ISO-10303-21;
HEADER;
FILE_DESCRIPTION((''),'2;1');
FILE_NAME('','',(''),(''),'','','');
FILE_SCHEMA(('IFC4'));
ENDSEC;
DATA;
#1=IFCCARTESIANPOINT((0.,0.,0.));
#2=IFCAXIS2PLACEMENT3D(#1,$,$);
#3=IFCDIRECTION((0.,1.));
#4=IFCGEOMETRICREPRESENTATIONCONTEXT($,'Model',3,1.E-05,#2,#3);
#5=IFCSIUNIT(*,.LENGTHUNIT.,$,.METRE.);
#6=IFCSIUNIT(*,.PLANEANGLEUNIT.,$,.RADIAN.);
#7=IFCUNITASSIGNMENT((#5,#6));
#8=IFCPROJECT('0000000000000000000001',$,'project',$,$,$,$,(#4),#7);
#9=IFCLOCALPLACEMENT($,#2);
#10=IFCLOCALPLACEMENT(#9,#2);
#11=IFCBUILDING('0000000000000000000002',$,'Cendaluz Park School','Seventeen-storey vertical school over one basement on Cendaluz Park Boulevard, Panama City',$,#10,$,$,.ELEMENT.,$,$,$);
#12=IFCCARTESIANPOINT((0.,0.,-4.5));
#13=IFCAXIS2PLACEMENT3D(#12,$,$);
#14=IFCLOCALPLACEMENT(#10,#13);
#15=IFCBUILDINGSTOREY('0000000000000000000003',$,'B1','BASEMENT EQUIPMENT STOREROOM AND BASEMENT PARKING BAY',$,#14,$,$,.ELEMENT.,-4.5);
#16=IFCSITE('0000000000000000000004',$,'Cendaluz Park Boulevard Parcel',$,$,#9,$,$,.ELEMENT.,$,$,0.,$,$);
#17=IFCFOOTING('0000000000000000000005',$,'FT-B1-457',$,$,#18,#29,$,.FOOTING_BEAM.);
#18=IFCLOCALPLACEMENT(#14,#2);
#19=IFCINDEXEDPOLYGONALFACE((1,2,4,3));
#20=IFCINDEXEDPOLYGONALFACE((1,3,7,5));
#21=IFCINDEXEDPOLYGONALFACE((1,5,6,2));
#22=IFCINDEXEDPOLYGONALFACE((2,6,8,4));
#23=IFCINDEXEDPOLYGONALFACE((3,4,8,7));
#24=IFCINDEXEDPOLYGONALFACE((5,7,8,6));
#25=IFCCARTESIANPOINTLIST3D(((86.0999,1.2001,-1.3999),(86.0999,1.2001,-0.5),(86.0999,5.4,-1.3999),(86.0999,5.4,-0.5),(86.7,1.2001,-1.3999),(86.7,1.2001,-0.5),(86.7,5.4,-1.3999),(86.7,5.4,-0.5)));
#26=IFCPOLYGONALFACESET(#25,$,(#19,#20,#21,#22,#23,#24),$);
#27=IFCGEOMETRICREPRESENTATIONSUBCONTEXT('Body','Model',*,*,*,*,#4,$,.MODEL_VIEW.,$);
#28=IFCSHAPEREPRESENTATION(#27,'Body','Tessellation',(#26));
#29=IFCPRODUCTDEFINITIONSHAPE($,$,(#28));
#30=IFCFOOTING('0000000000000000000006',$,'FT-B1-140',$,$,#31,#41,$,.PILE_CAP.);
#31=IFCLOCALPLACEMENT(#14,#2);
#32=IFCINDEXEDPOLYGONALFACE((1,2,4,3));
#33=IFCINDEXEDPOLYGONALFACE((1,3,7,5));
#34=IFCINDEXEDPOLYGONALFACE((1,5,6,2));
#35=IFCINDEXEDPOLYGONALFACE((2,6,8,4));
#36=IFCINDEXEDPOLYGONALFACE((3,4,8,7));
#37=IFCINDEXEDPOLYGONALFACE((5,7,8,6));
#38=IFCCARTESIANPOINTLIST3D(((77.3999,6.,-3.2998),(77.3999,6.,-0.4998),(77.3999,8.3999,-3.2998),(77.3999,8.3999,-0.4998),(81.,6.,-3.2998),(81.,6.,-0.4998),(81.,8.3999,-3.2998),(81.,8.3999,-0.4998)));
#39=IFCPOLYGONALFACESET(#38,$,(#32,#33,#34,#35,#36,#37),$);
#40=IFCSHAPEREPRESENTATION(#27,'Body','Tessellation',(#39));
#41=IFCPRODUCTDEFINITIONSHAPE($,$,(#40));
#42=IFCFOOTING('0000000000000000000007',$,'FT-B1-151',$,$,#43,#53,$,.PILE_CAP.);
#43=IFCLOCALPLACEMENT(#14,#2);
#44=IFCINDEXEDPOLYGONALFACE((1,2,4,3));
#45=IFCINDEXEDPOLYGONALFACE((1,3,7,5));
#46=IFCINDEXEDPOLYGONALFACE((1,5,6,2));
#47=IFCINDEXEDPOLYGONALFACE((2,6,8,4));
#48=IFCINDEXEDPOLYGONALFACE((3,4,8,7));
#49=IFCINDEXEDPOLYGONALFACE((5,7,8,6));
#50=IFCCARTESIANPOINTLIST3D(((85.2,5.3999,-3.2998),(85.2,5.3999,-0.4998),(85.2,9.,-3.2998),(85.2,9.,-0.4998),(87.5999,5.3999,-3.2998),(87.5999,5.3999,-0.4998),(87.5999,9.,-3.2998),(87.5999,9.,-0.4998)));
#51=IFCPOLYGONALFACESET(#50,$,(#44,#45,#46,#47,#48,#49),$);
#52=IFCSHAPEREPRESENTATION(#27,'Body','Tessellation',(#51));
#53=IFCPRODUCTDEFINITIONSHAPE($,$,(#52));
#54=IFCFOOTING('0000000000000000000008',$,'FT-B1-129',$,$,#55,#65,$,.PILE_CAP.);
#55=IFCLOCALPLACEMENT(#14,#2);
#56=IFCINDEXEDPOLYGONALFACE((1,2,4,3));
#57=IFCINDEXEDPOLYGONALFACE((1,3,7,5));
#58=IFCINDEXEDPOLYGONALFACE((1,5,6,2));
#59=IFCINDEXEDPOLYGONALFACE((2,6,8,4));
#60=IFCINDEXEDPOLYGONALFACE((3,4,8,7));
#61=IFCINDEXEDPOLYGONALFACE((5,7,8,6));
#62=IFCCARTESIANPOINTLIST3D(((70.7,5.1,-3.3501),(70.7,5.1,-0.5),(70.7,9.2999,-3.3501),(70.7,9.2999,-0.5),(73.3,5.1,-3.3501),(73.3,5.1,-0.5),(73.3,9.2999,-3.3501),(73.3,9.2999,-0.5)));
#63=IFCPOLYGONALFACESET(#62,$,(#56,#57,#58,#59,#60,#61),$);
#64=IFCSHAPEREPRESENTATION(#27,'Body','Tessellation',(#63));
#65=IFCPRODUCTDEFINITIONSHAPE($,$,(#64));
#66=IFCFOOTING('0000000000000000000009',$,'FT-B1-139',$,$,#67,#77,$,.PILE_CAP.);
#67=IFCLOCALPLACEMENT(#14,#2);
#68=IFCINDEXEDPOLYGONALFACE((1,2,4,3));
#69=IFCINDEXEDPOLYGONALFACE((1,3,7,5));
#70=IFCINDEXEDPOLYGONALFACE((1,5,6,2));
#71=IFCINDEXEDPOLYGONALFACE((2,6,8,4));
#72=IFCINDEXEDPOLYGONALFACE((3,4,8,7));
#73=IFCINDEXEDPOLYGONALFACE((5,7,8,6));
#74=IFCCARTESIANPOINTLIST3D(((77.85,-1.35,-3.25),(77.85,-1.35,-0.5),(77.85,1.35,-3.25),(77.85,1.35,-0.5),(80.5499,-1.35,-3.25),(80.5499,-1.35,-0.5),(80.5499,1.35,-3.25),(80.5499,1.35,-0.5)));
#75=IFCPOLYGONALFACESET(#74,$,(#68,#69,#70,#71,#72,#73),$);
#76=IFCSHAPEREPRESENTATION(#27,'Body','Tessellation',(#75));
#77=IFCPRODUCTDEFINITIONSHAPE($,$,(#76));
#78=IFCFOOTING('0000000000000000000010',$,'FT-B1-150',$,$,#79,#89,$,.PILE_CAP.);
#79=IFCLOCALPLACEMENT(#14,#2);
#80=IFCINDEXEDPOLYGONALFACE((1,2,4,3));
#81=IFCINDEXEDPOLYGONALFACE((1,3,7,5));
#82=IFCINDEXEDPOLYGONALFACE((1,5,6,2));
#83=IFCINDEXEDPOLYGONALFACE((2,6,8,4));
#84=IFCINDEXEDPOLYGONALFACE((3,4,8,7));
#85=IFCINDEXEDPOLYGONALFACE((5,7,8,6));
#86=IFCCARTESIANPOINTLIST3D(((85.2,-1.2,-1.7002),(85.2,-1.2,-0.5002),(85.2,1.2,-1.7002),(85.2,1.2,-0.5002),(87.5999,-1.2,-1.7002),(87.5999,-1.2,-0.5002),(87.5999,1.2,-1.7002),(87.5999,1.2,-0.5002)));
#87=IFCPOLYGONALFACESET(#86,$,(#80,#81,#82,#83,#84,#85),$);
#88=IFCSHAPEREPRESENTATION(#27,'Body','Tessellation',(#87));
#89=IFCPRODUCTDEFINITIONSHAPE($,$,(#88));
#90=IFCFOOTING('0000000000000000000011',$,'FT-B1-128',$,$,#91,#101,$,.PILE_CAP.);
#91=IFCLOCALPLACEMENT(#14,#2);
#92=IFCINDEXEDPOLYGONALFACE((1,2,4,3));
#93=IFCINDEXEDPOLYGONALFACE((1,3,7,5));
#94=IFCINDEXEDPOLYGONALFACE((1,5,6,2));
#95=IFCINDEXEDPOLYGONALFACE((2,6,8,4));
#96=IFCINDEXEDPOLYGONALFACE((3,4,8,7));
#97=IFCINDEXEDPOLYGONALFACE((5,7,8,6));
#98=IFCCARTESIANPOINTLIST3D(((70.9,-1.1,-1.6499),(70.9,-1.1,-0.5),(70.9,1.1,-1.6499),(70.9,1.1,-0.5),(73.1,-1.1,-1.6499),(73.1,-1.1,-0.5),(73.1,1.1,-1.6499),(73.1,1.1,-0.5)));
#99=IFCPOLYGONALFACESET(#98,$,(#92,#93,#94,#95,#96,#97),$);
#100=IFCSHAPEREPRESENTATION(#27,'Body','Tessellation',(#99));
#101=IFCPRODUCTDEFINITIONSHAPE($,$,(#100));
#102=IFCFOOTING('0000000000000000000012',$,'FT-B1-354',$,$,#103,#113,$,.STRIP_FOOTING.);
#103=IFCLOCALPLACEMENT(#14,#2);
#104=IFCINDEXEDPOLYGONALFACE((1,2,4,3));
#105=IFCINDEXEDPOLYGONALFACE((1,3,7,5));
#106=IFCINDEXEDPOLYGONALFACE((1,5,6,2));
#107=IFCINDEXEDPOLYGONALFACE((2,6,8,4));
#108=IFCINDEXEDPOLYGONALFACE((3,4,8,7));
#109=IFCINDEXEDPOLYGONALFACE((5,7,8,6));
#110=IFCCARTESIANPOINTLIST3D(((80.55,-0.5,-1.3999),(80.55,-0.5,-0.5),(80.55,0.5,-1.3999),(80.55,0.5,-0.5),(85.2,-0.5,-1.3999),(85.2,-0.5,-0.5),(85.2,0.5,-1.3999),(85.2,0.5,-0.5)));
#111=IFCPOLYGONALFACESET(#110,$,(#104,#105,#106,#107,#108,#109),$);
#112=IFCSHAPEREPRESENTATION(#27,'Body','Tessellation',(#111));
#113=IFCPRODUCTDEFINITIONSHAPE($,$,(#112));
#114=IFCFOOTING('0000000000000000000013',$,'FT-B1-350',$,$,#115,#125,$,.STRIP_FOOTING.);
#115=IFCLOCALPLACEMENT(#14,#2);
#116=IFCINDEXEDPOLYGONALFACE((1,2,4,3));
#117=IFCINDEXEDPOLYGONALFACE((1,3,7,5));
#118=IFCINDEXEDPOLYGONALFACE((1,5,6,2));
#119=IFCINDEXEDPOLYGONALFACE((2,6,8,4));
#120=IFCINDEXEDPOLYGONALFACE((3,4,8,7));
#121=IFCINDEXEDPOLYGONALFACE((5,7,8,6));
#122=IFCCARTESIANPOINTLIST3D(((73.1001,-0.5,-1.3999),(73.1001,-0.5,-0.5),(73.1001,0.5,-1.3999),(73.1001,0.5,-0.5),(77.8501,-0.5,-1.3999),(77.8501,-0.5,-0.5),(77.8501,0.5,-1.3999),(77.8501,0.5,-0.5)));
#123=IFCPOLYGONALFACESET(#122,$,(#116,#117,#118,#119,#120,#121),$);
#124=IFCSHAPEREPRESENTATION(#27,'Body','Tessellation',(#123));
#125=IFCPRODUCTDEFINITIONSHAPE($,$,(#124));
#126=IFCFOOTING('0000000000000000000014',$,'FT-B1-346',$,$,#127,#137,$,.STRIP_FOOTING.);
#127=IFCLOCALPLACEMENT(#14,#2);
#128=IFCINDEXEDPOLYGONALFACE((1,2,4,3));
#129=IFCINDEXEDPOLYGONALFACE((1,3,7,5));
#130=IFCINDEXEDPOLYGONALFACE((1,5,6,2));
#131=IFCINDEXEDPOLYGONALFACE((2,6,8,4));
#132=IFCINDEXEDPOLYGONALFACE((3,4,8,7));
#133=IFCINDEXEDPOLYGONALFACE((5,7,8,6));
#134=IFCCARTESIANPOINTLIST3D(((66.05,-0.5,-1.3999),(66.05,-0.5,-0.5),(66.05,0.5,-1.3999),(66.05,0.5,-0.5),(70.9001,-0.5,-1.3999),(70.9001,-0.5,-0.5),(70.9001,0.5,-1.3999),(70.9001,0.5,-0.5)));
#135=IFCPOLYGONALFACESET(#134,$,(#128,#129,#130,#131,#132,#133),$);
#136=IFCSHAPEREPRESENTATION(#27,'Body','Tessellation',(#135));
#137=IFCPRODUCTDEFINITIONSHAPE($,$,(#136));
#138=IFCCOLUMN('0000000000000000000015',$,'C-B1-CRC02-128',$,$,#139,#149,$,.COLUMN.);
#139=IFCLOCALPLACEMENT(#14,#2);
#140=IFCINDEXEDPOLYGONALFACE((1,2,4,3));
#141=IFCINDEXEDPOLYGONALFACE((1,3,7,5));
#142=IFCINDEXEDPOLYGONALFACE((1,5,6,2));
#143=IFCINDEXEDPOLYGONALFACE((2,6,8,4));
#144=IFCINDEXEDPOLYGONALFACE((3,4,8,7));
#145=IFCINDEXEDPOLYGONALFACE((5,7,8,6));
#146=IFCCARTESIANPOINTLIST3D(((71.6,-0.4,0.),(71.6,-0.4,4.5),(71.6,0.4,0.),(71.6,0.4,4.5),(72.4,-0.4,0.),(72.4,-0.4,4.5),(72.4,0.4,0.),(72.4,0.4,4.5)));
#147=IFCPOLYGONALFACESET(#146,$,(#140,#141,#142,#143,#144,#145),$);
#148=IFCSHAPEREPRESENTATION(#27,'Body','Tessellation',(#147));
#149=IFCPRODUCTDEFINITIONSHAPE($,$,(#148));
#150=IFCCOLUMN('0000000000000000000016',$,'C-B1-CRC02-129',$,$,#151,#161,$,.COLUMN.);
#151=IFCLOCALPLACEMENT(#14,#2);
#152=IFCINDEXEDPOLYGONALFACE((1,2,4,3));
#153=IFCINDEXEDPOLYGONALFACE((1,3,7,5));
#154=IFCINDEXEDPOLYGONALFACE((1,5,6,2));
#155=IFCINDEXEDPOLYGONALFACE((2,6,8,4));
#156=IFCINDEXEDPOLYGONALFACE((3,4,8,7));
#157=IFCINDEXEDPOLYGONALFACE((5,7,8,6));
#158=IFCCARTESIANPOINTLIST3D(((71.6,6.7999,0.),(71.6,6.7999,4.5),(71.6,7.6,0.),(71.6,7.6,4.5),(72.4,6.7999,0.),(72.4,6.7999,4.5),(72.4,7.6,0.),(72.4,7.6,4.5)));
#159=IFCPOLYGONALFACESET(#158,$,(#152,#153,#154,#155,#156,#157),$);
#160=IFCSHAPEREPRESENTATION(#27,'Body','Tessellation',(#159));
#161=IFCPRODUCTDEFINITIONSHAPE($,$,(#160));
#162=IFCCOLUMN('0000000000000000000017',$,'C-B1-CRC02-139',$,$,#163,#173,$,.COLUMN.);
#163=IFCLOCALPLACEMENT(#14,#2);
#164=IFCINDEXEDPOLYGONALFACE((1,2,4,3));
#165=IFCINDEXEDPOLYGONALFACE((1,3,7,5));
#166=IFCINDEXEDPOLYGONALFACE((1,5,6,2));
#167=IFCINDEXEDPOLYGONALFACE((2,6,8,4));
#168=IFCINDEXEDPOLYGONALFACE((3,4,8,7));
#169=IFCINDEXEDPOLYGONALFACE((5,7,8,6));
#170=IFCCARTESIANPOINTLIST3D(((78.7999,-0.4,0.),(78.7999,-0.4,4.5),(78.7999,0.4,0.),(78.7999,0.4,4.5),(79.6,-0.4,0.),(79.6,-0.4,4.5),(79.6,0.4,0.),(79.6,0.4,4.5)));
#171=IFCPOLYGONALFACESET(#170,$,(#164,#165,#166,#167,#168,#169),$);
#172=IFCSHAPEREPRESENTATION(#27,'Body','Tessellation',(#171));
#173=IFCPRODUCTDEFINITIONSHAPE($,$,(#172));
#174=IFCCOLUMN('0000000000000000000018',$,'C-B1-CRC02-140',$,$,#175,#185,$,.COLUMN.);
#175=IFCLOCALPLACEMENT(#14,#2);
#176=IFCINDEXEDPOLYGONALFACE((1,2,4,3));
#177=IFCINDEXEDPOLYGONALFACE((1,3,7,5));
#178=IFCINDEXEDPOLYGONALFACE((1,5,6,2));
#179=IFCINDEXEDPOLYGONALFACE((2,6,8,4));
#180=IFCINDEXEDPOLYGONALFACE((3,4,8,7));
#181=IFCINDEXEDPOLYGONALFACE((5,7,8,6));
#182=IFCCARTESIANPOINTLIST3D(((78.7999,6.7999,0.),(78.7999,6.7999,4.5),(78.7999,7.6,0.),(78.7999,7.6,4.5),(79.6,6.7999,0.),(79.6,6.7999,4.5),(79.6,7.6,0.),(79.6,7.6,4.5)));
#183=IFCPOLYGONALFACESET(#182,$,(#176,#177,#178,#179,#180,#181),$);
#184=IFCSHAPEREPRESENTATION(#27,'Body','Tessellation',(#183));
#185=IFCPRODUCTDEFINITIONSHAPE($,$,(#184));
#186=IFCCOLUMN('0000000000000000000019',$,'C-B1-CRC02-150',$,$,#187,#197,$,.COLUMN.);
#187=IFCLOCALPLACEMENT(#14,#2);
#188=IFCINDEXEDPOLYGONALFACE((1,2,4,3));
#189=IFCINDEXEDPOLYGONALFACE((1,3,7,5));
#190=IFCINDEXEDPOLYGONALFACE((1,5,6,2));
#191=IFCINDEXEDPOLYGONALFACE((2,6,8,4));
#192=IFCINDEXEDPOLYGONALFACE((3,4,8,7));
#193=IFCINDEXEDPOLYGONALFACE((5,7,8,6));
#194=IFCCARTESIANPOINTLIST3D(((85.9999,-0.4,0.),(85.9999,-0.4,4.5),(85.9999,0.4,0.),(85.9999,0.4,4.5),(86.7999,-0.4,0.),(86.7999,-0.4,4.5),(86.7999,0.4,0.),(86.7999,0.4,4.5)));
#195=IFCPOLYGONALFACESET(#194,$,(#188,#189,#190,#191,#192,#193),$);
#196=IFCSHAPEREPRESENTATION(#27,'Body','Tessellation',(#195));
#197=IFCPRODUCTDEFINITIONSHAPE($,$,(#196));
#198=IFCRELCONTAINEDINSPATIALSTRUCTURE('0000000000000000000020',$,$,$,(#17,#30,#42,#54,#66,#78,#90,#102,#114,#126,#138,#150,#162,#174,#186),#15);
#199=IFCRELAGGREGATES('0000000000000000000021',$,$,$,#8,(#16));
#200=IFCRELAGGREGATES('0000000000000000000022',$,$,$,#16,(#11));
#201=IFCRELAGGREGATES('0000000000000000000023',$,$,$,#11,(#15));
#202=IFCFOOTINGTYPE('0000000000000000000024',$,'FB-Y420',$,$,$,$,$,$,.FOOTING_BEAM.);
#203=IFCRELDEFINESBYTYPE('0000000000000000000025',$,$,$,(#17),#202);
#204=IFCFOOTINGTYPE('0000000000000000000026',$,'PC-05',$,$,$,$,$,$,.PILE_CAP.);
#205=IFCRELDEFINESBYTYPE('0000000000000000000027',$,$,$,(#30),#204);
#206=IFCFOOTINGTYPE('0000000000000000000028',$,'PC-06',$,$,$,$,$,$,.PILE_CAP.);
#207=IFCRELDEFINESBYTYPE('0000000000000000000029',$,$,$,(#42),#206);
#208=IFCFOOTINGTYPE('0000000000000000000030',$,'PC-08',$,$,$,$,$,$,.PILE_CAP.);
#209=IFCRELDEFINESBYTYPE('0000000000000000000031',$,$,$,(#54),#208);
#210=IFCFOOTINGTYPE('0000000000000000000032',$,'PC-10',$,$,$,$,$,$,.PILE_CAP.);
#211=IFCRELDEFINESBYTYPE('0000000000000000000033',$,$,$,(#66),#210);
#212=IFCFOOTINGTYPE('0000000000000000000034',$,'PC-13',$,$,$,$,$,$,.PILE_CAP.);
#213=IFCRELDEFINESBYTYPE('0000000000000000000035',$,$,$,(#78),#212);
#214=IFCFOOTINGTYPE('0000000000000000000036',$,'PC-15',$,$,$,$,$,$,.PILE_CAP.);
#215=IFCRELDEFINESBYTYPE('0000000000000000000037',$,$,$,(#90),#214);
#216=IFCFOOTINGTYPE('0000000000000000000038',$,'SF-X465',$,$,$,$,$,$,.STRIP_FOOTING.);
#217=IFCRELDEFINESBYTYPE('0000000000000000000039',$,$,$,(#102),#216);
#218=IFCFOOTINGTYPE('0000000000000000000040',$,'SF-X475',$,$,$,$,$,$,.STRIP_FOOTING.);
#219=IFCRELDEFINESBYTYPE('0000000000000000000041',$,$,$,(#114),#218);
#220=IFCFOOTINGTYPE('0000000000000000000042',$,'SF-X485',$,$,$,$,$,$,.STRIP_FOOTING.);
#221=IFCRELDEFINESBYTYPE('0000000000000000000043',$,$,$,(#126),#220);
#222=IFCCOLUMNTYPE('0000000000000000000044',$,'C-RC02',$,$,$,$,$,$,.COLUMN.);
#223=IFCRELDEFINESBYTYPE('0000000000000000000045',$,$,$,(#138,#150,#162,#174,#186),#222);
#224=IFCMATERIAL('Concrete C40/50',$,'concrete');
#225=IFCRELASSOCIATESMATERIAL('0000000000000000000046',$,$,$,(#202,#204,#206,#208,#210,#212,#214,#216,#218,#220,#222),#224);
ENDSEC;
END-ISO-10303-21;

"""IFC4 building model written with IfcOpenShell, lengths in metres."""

from ifc_helpers import new_model, si_unit, direction, frame, origin, origin_2d, place, context, subcontext, project, spatial, rectangle, extrude, material, material_profile, profile_set, type_object, element, save


model = new_model("IFC4")

# Units and contexts
model_context = context("Model", 3, precision=1e-05, world=origin(), true_north=direction((0.0, 1.0)))
body_context = subcontext(model_context, "Body", "Model", "MODEL_VIEW")
ifc_project = project(units=[si_unit("LENGTHUNIT", "METRE"), si_unit("PLANEANGLEUNIT", "RADIAN")], contexts=[model_context])

# Site, building, storey
site_placement = place(None, origin())
site = spatial("IfcSite", under=ifc_project, at=site_placement, Name="Cendaluz Park Boulevard Parcel", CompositionType="ELEMENT", RefElevation=0.0)
building_placement = place(site_placement, origin())
building = spatial("IfcBuilding", under=site, at=building_placement, Name="Cendaluz Park School", Description="Seventeen-storey vertical school over one basement on Cendaluz Park Boulevard, Panama City", CompositionType="ELEMENT")
storey_placement = place(building_placement, frame((0.0, 0.0, -4.5)))
storey = spatial("IfcBuildingStorey", under=building, at=storey_placement, Name="B1", Description="BASEMENT EQUIPMENT STOREROOM AND BASEMENT PARKING BAY", CompositionType="ELEMENT", Elevation=-4.5)

# Shared definitions
ifc_material_1 = material(Name="Concrete C40/50", Category="concrete")

# Footings
footing_type_1 = type_object("IfcFootingType", Name="FB-Y420", PredefinedType="FOOTING_BEAM", material=ifc_material_1)
footing_1_placement = place(storey_placement, frame((86.3999, 3.3, -1.3999), z_axis=(0.0, 0.0, 1.0), x_axis=(1.0, 0.0, 0.0)))
element("IfcFooting", 1, at=footing_1_placement, inside=storey, type_object=footing_type_1, Name="FT-B1-457", PredefinedType="FOOTING_BEAM", context=body_context, shape_type="SweptSolid", body=[
    extrude(rectangle(XDim=0.6001, YDim=4.2, at=origin_2d()), origin(), (0.0, 0.0, 1.0), 0.8999),
])
footing_type_2 = type_object("IfcFootingType", Name="PC-05", PredefinedType="PILE_CAP", material=ifc_material_1)
footing_2_placement = place(storey_placement, frame((79.2, 7.2, -3.2998), z_axis=(0.0, 0.0, 1.0), x_axis=(1.0, 0.0, 0.0)))
element("IfcFooting", 2, at=footing_2_placement, inside=storey, type_object=footing_type_2, Name="FT-B1-140", PredefinedType="PILE_CAP", context=body_context, shape_type="SweptSolid", body=[
    extrude(rectangle(XDim=3.6001, YDim=2.3999, at=origin_2d()), origin(), (0.0, 0.0, 1.0), 2.8),
])
footing_type_3 = type_object("IfcFootingType", Name="PC-06", PredefinedType="PILE_CAP", material=ifc_material_1)
footing_3_placement = place(storey_placement, frame((86.3999, 7.2, -3.2998), z_axis=(0.0, 0.0, 1.0), x_axis=(1.0, 0.0, 0.0)))
element("IfcFooting", 3, at=footing_3_placement, inside=storey, type_object=footing_type_3, Name="FT-B1-151", PredefinedType="PILE_CAP", context=body_context, shape_type="SweptSolid", body=[
    extrude(rectangle(XDim=2.3999, YDim=3.6001, at=origin_2d()), origin(), (0.0, 0.0, 1.0), 2.8),
])
footing_type_4 = type_object("IfcFootingType", Name="PC-08", PredefinedType="PILE_CAP", material=ifc_material_1)
footing_4_placement = place(storey_placement, frame((72.0, 7.2, -3.3501), z_axis=(0.0, 0.0, 1.0), x_axis=(1.0, 0.0, 0.0)))
element("IfcFooting", 4, at=footing_4_placement, inside=storey, type_object=footing_type_4, Name="FT-B1-129", PredefinedType="PILE_CAP", context=body_context, shape_type="SweptSolid", body=[
    extrude(rectangle(XDim=2.6001, YDim=4.2, at=origin_2d()), origin(), (0.0, 0.0, 1.0), 2.8501),
])
footing_type_5 = type_object("IfcFootingType", Name="PC-10", PredefinedType="PILE_CAP", material=ifc_material_1)
footing_5_placement = place(storey_placement, frame((79.2, 0.0, -3.25), z_axis=(0.0, 0.0, 1.0), x_axis=(1.0, 0.0, 0.0)))
element("IfcFooting", 5, at=footing_5_placement, inside=storey, type_object=footing_type_5, Name="FT-B1-139", PredefinedType="PILE_CAP", context=body_context, shape_type="SweptSolid", body=[
    extrude(rectangle(XDim=2.7, YDim=2.7, at=origin_2d()), origin(), (0.0, 0.0, 1.0), 2.75),
])
footing_type_6 = type_object("IfcFootingType", Name="PC-13", PredefinedType="PILE_CAP", material=ifc_material_1)
footing_6_placement = place(storey_placement, frame((86.3999, 0.0, -1.7002), z_axis=(0.0, 0.0, 1.0), x_axis=(1.0, 0.0, 0.0)))
element("IfcFooting", 6, at=footing_6_placement, inside=storey, type_object=footing_type_6, Name="FT-B1-150", PredefinedType="PILE_CAP", context=body_context, shape_type="SweptSolid", body=[
    extrude(rectangle(XDim=2.3999, YDim=2.3999, at=origin_2d()), origin(), (0.0, 0.0, 1.0), 1.2),
])
footing_type_7 = type_object("IfcFootingType", Name="PC-15", PredefinedType="PILE_CAP", material=ifc_material_1)
footing_7_placement = place(storey_placement, frame((72.0, 0.0, -1.6499), z_axis=(0.0, 0.0, 1.0), x_axis=(1.0, 0.0, 0.0)))
element("IfcFooting", 7, at=footing_7_placement, inside=storey, type_object=footing_type_7, Name="FT-B1-128", PredefinedType="PILE_CAP", context=body_context, shape_type="SweptSolid", body=[
    extrude(rectangle(XDim=2.2, YDim=2.2, at=origin_2d()), origin(), (0.0, 0.0, 1.0), 1.1499),
])
footing_type_8 = type_object("IfcFootingType", Name="SF-X465", PredefinedType="STRIP_FOOTING", material=ifc_material_1)
footing_8_placement = place(storey_placement, frame((82.875, 0.0, -1.3999), z_axis=(0.0, 0.0, 1.0), x_axis=(1.0, 0.0, 0.0)))
element("IfcFooting", 8, at=footing_8_placement, inside=storey, type_object=footing_type_8, Name="FT-B1-354", PredefinedType="STRIP_FOOTING", context=body_context, shape_type="SweptSolid", body=[
    extrude(rectangle(XDim=4.6499, YDim=1.0, at=origin_2d()), origin(), (0.0, 0.0, 1.0), 0.8999),
])
footing_type_9 = type_object("IfcFootingType", Name="SF-X475", PredefinedType="STRIP_FOOTING", material=ifc_material_1)
footing_9_placement = place(storey_placement, frame((75.4751, 0.0, -1.3999), z_axis=(0.0, 0.0, 1.0), x_axis=(1.0, 0.0, 0.0)))
element("IfcFooting", 9, at=footing_9_placement, inside=storey, type_object=footing_type_9, Name="FT-B1-350", PredefinedType="STRIP_FOOTING", context=body_context, shape_type="SweptSolid", body=[
    extrude(rectangle(XDim=4.75, YDim=1.0, at=origin_2d()), origin(), (0.0, 0.0, 1.0), 0.8999),
])
footing_type_10 = type_object("IfcFootingType", Name="SF-X485", PredefinedType="STRIP_FOOTING", material=ifc_material_1)
footing_10_placement = place(storey_placement, frame((68.4751, 0.0, -1.3999), z_axis=(0.0, 0.0, 1.0), x_axis=(1.0, 0.0, 0.0)))
element("IfcFooting", 10, at=footing_10_placement, inside=storey, type_object=footing_type_10, Name="FT-B1-346", PredefinedType="STRIP_FOOTING", context=body_context, shape_type="SweptSolid", body=[
    extrude(rectangle(XDim=4.8501, YDim=1.0, at=origin_2d()), origin(), (0.0, 0.0, 1.0), 0.8999),
])

# Columns
ifc_material_profile_1 = material_profile(ifc_material_1, rectangle(XDim=0.8, YDim=0.8, at=origin_2d()), Name="RC 800x800", Category="concrete")
ifc_profile_set_1 = profile_set([ifc_material_profile_1], Name="Concrete C40/50")
column_type = type_object("IfcColumnType", Name="C-RC02", PredefinedType="COLUMN", material=ifc_profile_set_1)
for number, where, z_axis, x_axis, name in (
    (11, (72.0, 0.0, 0.0), (0.0, 0.0, 1.0), (1.0, 0.0, 0.0), "C-B1-CRC02-128"),
    (12, (72.0, 7.2, 0.0), (0.0, 0.0, 1.0), (1.0, 0.0, 0.0), "C-B1-CRC02-129"),
    (13, (79.2, 0.0, 0.0), (0.0, 0.0, 1.0), (1.0, 0.0, 0.0), "C-B1-CRC02-139"),
    (14, (79.2, 7.2, 0.0), (0.0, 0.0, 1.0), (1.0, 0.0, 0.0), "C-B1-CRC02-140"),
    (15, (86.3999, 0.0, 0.0), (0.0, 0.0, 1.0), (1.0, 0.0, 0.0), "C-B1-CRC02-150"),
):
    element("IfcColumn", number, at=place(storey_placement, frame(where, z_axis=z_axis, x_axis=x_axis)), inside=storey, type_object=column_type, Name=name, PredefinedType="COLUMN", context=body_context, shape_type="SweptSolid", body=[
        extrude(rectangle(XDim=0.8, YDim=0.8, at=origin_2d()), origin(), (0.0, 0.0, 1.0), 4.5),
    ])

save(model, "model.ifc")
